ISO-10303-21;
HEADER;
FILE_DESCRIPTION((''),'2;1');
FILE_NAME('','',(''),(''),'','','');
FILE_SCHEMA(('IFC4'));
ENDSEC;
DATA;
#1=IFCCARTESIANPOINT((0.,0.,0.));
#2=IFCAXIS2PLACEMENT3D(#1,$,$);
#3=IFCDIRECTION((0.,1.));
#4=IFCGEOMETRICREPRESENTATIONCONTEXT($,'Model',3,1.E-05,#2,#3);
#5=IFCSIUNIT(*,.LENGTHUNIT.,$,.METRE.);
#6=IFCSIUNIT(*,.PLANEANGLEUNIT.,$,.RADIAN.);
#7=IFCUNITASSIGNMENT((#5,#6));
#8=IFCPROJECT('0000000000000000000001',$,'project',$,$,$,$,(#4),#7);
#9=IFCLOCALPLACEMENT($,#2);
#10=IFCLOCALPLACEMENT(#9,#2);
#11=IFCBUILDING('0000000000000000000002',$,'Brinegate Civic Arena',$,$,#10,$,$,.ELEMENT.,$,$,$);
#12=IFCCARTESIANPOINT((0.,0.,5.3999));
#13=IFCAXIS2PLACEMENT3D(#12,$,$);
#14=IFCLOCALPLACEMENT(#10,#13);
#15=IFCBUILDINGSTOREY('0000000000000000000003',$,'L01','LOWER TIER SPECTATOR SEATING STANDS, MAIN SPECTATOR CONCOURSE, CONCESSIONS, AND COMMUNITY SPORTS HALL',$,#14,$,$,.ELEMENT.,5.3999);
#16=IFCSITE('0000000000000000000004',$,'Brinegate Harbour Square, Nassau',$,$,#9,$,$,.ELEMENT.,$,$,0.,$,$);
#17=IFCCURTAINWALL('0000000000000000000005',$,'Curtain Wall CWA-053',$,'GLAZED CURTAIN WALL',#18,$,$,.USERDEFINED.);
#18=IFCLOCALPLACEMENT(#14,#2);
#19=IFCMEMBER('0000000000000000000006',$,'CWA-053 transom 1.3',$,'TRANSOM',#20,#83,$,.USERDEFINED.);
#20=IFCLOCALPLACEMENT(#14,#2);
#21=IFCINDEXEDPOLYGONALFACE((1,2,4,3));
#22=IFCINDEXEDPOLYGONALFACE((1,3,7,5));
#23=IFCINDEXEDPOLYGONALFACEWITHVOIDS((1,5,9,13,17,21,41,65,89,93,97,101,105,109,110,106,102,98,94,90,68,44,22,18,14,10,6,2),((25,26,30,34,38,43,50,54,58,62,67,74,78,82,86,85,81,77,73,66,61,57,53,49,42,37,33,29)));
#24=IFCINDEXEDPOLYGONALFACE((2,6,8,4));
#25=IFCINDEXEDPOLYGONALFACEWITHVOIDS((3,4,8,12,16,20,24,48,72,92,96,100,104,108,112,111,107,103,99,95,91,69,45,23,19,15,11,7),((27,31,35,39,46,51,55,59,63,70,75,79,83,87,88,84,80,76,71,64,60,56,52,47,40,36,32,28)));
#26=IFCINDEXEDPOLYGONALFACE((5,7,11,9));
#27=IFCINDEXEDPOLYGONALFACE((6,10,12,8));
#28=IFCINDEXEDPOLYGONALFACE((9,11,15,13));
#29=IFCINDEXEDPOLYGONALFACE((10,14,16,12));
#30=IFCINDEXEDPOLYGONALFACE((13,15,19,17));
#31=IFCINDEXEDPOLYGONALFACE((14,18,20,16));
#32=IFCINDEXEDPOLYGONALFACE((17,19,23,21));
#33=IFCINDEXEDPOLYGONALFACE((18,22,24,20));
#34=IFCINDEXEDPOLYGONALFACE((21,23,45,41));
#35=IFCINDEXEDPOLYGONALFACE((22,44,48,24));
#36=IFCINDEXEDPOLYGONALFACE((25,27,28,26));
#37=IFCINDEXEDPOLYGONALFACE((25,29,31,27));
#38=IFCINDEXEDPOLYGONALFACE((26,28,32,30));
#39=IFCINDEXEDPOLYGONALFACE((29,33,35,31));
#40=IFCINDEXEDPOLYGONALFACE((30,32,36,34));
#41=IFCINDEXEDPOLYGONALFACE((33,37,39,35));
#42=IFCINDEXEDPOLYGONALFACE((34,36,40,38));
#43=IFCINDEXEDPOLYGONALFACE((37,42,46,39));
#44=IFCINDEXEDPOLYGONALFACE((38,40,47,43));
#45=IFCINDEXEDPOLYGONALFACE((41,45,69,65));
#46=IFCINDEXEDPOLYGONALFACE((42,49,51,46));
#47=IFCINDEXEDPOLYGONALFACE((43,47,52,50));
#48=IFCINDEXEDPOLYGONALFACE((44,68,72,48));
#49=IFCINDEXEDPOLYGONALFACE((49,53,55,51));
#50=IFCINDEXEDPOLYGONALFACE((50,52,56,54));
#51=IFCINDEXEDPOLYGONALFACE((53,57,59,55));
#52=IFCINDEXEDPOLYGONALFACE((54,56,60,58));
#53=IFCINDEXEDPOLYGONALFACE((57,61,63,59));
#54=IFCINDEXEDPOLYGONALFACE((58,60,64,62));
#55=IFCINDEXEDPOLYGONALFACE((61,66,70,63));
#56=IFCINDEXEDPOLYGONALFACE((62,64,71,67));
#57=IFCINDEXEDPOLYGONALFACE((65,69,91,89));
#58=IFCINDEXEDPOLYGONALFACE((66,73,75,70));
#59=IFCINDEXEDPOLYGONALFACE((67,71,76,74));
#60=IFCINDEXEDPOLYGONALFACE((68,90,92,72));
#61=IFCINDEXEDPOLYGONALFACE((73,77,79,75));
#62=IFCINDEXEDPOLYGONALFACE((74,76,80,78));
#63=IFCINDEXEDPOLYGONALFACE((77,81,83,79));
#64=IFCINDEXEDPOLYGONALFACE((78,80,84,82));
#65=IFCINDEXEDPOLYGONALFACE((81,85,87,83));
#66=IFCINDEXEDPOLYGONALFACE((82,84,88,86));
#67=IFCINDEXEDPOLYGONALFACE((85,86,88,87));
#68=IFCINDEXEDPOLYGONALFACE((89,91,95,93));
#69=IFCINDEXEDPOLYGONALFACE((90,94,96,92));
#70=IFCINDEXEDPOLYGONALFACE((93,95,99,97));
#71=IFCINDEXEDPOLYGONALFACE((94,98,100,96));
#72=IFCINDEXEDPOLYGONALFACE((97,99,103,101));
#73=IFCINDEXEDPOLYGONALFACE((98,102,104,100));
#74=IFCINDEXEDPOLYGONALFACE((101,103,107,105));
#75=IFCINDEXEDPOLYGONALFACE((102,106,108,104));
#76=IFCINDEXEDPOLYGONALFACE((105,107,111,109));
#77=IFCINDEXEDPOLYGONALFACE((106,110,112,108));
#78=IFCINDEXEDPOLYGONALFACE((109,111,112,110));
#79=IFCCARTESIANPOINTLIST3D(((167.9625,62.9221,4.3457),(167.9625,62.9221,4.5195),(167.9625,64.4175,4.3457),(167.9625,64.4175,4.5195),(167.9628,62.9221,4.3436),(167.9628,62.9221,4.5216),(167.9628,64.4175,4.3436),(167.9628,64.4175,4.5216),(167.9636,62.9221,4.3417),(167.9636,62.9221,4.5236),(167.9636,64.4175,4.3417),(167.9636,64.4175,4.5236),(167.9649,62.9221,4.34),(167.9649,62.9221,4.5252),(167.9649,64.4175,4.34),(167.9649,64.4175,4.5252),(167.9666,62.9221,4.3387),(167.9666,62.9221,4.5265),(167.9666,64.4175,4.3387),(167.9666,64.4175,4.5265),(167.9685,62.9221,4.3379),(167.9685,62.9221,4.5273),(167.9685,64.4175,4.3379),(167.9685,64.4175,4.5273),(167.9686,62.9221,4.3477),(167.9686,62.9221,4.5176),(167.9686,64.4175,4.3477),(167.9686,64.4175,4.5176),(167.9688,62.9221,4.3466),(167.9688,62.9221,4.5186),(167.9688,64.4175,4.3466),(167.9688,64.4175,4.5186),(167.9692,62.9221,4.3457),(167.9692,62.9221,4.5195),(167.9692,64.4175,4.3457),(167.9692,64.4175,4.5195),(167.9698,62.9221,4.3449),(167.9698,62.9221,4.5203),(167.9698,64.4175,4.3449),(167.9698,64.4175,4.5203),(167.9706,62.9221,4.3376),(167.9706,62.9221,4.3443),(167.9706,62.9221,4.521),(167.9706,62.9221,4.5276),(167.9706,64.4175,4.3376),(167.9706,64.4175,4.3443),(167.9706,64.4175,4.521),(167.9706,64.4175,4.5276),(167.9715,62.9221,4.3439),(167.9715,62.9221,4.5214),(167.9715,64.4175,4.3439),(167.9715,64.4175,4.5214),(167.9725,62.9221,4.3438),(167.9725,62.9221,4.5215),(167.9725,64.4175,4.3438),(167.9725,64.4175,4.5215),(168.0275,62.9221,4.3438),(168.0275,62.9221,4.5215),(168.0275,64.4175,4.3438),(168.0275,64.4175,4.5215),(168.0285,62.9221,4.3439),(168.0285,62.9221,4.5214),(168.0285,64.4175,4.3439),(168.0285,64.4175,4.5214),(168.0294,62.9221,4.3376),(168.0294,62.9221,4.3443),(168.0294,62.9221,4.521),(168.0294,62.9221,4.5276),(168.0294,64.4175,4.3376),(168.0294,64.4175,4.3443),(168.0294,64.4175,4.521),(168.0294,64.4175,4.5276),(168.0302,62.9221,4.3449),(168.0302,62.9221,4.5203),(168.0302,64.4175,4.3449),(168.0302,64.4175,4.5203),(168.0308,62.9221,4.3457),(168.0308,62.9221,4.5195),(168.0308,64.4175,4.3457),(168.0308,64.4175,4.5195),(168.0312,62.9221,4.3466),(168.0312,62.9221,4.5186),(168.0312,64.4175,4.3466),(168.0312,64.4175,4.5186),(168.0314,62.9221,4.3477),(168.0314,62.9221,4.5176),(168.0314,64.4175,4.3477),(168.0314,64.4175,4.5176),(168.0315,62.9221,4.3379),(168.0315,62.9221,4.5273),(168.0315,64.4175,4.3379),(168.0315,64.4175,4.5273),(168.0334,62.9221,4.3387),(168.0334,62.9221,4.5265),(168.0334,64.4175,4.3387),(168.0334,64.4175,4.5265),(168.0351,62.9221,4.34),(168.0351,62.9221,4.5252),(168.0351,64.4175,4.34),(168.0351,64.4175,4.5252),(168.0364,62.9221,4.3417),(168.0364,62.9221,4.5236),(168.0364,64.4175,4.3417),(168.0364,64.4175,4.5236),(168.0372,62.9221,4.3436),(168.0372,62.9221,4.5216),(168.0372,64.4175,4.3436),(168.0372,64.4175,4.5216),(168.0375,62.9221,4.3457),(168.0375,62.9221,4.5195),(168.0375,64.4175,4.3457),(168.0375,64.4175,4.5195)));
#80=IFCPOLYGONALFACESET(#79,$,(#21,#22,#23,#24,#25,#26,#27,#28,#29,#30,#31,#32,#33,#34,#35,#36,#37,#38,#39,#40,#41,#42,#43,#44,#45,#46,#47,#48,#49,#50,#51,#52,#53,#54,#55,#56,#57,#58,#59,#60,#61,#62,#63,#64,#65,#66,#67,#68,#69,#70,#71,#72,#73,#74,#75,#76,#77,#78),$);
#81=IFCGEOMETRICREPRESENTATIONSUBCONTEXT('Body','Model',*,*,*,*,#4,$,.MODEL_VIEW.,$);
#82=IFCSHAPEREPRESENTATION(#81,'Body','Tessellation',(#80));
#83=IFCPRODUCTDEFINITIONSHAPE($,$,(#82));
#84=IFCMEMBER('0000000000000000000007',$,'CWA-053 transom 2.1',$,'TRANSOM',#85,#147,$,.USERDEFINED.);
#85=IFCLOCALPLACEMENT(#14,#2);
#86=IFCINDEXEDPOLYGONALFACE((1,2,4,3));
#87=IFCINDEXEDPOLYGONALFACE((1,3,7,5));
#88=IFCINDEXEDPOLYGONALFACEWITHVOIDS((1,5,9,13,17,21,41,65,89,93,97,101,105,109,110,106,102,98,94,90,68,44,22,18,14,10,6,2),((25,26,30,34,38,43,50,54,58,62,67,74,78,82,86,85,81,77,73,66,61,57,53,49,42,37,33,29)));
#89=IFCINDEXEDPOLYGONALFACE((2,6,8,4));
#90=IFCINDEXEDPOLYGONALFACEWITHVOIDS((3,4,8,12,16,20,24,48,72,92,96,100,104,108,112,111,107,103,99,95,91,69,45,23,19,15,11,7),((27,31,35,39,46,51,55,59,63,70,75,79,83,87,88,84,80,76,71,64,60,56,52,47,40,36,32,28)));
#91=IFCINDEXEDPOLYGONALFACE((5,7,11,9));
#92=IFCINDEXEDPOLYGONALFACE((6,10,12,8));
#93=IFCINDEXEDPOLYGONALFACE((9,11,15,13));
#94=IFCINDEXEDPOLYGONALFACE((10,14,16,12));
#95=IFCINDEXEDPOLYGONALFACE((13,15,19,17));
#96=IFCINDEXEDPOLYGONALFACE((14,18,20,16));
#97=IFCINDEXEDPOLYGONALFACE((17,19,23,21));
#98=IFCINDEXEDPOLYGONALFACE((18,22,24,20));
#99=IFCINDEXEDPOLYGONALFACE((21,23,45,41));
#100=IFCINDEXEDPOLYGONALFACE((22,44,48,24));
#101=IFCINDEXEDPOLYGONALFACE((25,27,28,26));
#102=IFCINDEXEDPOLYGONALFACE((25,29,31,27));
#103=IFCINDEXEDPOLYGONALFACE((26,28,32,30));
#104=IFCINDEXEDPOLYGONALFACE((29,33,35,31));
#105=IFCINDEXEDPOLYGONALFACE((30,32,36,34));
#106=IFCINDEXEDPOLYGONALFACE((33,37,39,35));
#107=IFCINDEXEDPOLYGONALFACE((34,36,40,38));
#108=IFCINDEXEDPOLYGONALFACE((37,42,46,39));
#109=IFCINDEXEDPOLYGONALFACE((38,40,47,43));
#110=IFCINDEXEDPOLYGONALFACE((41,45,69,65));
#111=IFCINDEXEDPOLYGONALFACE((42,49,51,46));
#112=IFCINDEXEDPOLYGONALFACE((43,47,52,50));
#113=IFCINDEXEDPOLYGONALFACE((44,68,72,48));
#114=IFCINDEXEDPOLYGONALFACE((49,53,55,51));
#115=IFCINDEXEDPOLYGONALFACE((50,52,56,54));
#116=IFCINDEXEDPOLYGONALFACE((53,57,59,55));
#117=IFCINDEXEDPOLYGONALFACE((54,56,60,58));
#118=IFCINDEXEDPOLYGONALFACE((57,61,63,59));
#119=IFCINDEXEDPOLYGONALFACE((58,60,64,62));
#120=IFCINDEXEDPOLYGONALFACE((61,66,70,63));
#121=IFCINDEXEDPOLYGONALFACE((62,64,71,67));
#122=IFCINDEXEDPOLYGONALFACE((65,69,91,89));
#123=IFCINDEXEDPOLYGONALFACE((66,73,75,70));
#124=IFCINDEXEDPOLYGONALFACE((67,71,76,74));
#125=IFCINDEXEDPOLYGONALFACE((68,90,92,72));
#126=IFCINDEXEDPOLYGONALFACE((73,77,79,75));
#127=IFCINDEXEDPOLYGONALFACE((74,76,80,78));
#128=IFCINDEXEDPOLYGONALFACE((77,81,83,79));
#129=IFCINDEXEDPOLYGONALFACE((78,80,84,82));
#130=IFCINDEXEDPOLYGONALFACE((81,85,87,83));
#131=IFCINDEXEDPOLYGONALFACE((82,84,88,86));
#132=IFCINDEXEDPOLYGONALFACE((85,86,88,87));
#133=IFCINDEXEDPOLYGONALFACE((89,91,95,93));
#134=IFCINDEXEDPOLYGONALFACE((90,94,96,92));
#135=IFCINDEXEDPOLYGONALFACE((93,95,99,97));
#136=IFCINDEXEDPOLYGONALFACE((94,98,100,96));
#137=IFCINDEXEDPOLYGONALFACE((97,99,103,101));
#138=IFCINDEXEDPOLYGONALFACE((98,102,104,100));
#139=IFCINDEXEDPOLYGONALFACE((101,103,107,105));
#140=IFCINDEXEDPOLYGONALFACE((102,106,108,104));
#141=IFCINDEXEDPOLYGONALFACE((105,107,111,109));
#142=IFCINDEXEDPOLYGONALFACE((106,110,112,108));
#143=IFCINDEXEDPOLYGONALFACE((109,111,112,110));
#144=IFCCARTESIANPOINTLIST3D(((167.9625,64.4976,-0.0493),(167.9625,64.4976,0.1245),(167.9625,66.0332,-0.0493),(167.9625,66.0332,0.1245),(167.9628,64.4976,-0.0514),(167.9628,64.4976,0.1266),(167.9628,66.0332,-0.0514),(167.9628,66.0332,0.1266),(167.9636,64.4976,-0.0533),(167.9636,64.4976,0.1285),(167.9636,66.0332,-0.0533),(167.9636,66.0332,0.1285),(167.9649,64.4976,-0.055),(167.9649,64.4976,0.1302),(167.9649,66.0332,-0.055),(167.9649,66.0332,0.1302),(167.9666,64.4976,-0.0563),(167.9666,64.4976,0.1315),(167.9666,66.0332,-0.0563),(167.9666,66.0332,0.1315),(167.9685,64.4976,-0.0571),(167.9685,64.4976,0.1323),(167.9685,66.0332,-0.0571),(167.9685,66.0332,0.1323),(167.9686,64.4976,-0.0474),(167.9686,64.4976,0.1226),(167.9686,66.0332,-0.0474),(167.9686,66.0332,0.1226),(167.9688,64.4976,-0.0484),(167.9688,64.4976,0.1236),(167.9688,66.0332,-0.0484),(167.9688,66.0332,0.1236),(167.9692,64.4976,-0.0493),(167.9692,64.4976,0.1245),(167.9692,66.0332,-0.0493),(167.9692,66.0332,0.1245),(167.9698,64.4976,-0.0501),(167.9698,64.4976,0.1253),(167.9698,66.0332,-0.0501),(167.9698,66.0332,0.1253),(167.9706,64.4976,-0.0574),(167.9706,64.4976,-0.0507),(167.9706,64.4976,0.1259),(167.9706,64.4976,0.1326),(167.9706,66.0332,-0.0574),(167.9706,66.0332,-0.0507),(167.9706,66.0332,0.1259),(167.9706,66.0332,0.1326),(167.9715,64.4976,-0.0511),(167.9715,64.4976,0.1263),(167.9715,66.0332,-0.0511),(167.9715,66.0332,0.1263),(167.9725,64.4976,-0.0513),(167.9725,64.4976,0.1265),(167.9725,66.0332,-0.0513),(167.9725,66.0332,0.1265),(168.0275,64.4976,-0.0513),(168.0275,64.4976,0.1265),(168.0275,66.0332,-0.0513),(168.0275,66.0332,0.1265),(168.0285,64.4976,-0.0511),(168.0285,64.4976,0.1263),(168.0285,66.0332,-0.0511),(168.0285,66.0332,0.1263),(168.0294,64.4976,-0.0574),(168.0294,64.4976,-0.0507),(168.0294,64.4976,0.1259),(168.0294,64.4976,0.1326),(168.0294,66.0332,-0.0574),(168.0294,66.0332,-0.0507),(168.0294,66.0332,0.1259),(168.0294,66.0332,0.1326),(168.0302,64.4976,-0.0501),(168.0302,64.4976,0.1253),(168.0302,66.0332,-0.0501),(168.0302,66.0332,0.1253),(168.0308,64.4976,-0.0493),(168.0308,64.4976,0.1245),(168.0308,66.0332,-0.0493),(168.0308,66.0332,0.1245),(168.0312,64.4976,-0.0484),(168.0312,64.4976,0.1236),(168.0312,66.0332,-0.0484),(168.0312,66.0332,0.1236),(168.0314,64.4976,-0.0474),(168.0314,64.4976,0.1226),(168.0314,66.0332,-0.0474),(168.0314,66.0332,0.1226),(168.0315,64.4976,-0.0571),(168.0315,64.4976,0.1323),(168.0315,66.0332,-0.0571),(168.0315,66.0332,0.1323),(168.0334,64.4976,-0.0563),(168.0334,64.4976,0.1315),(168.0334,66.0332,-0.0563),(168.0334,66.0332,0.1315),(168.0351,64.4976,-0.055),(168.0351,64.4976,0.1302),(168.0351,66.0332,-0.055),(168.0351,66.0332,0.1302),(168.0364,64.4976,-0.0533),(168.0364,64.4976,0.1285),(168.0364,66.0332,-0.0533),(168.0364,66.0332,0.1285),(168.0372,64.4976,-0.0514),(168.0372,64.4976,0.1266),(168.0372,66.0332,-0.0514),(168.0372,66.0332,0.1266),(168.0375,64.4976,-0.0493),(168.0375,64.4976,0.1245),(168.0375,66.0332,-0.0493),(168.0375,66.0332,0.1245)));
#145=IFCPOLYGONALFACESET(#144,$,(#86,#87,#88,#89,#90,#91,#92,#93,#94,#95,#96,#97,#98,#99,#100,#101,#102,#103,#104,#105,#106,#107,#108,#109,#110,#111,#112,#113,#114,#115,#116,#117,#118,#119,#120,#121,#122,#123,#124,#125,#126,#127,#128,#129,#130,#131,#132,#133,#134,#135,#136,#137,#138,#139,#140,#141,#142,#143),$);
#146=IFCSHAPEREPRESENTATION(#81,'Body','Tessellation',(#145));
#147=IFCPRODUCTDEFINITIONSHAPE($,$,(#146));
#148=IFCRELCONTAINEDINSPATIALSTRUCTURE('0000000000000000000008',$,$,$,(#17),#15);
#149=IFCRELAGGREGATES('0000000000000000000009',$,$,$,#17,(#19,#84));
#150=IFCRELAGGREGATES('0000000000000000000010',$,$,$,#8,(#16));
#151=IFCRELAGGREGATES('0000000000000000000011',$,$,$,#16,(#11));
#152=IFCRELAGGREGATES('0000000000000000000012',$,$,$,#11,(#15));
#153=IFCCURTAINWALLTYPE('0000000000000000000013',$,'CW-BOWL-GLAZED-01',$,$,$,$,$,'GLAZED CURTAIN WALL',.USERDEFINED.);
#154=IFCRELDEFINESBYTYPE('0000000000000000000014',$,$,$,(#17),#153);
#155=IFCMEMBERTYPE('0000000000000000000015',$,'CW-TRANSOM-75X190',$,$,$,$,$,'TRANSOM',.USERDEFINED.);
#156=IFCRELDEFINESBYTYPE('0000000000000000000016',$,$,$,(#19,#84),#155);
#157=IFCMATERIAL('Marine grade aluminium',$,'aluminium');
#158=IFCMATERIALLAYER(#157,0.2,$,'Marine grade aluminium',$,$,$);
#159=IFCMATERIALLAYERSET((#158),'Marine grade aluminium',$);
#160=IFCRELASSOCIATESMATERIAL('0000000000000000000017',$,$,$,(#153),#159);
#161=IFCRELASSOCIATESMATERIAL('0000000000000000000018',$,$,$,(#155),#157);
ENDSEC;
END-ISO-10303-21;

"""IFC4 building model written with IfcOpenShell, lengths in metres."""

from ifc_helpers import new_model, si_unit, direction, frame, origin, origin_2d, place, context, subcontext, project, spatial, hollow_rectangle, extrude, material, layer, layer_set, material_profile, profile_set, type_object, element, aggregate, save


model = new_model("IFC4")

# Units and contexts
model_context = context("Model", 3, precision=1e-05, world=origin(), true_north=direction((0.0, 1.0)))
body_context = subcontext(model_context, "Body", "Model", "MODEL_VIEW")
ifc_project = project(units=[si_unit("LENGTHUNIT", "METRE"), si_unit("PLANEANGLEUNIT", "RADIAN")], contexts=[model_context])

# Site, building, storey
site_placement = place(None, origin())
site = spatial("IfcSite", under=ifc_project, at=site_placement, Name="Brinegate Harbour Square, Nassau", CompositionType="ELEMENT", RefElevation=0.0)
building_placement = place(site_placement, origin())
building = spatial("IfcBuilding", under=site, at=building_placement, Name="Brinegate Civic Arena", CompositionType="ELEMENT")
storey_placement = place(building_placement, frame((0.0, 0.0, 5.3999)))
storey = spatial("IfcBuildingStorey", under=building, at=storey_placement, Name="L01", Description="LOWER TIER SPECTATOR SEATING STANDS, MAIN SPECTATOR CONCOURSE, CONCESSIONS, AND COMMUNITY SPORTS HALL", CompositionType="ELEMENT", Elevation=5.3999)

# Curtain wall
ifc_material_1 = material(Name="Marine grade aluminium", Category="aluminium")
ifc_layer_1 = layer(ifc_material_1, 0.2, Name="Marine grade aluminium")
ifc_layer_set_1 = layer_set([ifc_layer_1], Name="Marine grade aluminium")
curtain_wall_type = type_object("IfcCurtainWallType", Name="CW-BOWL-GLAZED-01", ElementType="GLAZED CURTAIN WALL", PredefinedType="USERDEFINED", material=ifc_layer_set_1)
curtain_wall_1_placement = place(storey_placement, origin())
curtain_wall_1 = element("IfcCurtainWall", 1, at=curtain_wall_1_placement, inside=storey, type_object=curtain_wall_type, Name="Curtain Wall CWA-053", ObjectType="GLAZED CURTAIN WALL", PredefinedType="USERDEFINED")

# Members
ifc_material_profile_1 = material_profile(ifc_material_1, hollow_rectangle(XDim=0.075, YDim=0.1899, WallThickness=0.0061, InnerFilletRadius=0.0039, OuterFilletRadius=0.0081, at=origin_2d()), Name="TRN75X190")
ifc_profile_set_1 = profile_set([ifc_material_profile_1], Name="Marine grade aluminium")
member_type_1 = type_object("IfcMemberType", Name="CW-TRANSOM-75X190", ElementType="TRANSOM", PredefinedType="USERDEFINED", material=ifc_profile_set_1)
member_1_placement = place(storey_placement, frame((168.0, 62.9221, 4.4326), z_axis=(0.0, 1.0, 0.0), x_axis=(-1.0, 0.0, 0.0)))
member_1 = element("IfcMember", 2, at=member_1_placement, type_object=member_type_1, Name="CWA-053 transom 1.3", ObjectType="TRANSOM", PredefinedType="USERDEFINED", context=body_context, shape_type="SweptSolid", body=[
    extrude(hollow_rectangle(XDim=0.075, YDim=0.1899, WallThickness=0.0061, InnerFilletRadius=0.0039, OuterFilletRadius=0.0081, at=origin_2d()), origin(), (0.0, 0.0, 1.0), 1.4954),
])
member_2_placement = place(storey_placement, frame((168.0, 64.4976, 0.0376), z_axis=(0.0, 1.0, 0.0), x_axis=(-1.0, 0.0, 0.0)))
member_2 = element("IfcMember", 3, at=member_2_placement, type_object=member_type_1, Name="CWA-053 transom 2.1", ObjectType="TRANSOM", PredefinedType="USERDEFINED", context=body_context, shape_type="SweptSolid", body=[
    extrude(hollow_rectangle(XDim=0.075, YDim=0.1899, WallThickness=0.0061, InnerFilletRadius=0.0039, OuterFilletRadius=0.0081, at=origin_2d()), origin(), (0.0, 0.0, 1.0), 1.5356),
])

aggregate(curtain_wall_1, [member_1, member_2])

save(model, "model.ifc")
